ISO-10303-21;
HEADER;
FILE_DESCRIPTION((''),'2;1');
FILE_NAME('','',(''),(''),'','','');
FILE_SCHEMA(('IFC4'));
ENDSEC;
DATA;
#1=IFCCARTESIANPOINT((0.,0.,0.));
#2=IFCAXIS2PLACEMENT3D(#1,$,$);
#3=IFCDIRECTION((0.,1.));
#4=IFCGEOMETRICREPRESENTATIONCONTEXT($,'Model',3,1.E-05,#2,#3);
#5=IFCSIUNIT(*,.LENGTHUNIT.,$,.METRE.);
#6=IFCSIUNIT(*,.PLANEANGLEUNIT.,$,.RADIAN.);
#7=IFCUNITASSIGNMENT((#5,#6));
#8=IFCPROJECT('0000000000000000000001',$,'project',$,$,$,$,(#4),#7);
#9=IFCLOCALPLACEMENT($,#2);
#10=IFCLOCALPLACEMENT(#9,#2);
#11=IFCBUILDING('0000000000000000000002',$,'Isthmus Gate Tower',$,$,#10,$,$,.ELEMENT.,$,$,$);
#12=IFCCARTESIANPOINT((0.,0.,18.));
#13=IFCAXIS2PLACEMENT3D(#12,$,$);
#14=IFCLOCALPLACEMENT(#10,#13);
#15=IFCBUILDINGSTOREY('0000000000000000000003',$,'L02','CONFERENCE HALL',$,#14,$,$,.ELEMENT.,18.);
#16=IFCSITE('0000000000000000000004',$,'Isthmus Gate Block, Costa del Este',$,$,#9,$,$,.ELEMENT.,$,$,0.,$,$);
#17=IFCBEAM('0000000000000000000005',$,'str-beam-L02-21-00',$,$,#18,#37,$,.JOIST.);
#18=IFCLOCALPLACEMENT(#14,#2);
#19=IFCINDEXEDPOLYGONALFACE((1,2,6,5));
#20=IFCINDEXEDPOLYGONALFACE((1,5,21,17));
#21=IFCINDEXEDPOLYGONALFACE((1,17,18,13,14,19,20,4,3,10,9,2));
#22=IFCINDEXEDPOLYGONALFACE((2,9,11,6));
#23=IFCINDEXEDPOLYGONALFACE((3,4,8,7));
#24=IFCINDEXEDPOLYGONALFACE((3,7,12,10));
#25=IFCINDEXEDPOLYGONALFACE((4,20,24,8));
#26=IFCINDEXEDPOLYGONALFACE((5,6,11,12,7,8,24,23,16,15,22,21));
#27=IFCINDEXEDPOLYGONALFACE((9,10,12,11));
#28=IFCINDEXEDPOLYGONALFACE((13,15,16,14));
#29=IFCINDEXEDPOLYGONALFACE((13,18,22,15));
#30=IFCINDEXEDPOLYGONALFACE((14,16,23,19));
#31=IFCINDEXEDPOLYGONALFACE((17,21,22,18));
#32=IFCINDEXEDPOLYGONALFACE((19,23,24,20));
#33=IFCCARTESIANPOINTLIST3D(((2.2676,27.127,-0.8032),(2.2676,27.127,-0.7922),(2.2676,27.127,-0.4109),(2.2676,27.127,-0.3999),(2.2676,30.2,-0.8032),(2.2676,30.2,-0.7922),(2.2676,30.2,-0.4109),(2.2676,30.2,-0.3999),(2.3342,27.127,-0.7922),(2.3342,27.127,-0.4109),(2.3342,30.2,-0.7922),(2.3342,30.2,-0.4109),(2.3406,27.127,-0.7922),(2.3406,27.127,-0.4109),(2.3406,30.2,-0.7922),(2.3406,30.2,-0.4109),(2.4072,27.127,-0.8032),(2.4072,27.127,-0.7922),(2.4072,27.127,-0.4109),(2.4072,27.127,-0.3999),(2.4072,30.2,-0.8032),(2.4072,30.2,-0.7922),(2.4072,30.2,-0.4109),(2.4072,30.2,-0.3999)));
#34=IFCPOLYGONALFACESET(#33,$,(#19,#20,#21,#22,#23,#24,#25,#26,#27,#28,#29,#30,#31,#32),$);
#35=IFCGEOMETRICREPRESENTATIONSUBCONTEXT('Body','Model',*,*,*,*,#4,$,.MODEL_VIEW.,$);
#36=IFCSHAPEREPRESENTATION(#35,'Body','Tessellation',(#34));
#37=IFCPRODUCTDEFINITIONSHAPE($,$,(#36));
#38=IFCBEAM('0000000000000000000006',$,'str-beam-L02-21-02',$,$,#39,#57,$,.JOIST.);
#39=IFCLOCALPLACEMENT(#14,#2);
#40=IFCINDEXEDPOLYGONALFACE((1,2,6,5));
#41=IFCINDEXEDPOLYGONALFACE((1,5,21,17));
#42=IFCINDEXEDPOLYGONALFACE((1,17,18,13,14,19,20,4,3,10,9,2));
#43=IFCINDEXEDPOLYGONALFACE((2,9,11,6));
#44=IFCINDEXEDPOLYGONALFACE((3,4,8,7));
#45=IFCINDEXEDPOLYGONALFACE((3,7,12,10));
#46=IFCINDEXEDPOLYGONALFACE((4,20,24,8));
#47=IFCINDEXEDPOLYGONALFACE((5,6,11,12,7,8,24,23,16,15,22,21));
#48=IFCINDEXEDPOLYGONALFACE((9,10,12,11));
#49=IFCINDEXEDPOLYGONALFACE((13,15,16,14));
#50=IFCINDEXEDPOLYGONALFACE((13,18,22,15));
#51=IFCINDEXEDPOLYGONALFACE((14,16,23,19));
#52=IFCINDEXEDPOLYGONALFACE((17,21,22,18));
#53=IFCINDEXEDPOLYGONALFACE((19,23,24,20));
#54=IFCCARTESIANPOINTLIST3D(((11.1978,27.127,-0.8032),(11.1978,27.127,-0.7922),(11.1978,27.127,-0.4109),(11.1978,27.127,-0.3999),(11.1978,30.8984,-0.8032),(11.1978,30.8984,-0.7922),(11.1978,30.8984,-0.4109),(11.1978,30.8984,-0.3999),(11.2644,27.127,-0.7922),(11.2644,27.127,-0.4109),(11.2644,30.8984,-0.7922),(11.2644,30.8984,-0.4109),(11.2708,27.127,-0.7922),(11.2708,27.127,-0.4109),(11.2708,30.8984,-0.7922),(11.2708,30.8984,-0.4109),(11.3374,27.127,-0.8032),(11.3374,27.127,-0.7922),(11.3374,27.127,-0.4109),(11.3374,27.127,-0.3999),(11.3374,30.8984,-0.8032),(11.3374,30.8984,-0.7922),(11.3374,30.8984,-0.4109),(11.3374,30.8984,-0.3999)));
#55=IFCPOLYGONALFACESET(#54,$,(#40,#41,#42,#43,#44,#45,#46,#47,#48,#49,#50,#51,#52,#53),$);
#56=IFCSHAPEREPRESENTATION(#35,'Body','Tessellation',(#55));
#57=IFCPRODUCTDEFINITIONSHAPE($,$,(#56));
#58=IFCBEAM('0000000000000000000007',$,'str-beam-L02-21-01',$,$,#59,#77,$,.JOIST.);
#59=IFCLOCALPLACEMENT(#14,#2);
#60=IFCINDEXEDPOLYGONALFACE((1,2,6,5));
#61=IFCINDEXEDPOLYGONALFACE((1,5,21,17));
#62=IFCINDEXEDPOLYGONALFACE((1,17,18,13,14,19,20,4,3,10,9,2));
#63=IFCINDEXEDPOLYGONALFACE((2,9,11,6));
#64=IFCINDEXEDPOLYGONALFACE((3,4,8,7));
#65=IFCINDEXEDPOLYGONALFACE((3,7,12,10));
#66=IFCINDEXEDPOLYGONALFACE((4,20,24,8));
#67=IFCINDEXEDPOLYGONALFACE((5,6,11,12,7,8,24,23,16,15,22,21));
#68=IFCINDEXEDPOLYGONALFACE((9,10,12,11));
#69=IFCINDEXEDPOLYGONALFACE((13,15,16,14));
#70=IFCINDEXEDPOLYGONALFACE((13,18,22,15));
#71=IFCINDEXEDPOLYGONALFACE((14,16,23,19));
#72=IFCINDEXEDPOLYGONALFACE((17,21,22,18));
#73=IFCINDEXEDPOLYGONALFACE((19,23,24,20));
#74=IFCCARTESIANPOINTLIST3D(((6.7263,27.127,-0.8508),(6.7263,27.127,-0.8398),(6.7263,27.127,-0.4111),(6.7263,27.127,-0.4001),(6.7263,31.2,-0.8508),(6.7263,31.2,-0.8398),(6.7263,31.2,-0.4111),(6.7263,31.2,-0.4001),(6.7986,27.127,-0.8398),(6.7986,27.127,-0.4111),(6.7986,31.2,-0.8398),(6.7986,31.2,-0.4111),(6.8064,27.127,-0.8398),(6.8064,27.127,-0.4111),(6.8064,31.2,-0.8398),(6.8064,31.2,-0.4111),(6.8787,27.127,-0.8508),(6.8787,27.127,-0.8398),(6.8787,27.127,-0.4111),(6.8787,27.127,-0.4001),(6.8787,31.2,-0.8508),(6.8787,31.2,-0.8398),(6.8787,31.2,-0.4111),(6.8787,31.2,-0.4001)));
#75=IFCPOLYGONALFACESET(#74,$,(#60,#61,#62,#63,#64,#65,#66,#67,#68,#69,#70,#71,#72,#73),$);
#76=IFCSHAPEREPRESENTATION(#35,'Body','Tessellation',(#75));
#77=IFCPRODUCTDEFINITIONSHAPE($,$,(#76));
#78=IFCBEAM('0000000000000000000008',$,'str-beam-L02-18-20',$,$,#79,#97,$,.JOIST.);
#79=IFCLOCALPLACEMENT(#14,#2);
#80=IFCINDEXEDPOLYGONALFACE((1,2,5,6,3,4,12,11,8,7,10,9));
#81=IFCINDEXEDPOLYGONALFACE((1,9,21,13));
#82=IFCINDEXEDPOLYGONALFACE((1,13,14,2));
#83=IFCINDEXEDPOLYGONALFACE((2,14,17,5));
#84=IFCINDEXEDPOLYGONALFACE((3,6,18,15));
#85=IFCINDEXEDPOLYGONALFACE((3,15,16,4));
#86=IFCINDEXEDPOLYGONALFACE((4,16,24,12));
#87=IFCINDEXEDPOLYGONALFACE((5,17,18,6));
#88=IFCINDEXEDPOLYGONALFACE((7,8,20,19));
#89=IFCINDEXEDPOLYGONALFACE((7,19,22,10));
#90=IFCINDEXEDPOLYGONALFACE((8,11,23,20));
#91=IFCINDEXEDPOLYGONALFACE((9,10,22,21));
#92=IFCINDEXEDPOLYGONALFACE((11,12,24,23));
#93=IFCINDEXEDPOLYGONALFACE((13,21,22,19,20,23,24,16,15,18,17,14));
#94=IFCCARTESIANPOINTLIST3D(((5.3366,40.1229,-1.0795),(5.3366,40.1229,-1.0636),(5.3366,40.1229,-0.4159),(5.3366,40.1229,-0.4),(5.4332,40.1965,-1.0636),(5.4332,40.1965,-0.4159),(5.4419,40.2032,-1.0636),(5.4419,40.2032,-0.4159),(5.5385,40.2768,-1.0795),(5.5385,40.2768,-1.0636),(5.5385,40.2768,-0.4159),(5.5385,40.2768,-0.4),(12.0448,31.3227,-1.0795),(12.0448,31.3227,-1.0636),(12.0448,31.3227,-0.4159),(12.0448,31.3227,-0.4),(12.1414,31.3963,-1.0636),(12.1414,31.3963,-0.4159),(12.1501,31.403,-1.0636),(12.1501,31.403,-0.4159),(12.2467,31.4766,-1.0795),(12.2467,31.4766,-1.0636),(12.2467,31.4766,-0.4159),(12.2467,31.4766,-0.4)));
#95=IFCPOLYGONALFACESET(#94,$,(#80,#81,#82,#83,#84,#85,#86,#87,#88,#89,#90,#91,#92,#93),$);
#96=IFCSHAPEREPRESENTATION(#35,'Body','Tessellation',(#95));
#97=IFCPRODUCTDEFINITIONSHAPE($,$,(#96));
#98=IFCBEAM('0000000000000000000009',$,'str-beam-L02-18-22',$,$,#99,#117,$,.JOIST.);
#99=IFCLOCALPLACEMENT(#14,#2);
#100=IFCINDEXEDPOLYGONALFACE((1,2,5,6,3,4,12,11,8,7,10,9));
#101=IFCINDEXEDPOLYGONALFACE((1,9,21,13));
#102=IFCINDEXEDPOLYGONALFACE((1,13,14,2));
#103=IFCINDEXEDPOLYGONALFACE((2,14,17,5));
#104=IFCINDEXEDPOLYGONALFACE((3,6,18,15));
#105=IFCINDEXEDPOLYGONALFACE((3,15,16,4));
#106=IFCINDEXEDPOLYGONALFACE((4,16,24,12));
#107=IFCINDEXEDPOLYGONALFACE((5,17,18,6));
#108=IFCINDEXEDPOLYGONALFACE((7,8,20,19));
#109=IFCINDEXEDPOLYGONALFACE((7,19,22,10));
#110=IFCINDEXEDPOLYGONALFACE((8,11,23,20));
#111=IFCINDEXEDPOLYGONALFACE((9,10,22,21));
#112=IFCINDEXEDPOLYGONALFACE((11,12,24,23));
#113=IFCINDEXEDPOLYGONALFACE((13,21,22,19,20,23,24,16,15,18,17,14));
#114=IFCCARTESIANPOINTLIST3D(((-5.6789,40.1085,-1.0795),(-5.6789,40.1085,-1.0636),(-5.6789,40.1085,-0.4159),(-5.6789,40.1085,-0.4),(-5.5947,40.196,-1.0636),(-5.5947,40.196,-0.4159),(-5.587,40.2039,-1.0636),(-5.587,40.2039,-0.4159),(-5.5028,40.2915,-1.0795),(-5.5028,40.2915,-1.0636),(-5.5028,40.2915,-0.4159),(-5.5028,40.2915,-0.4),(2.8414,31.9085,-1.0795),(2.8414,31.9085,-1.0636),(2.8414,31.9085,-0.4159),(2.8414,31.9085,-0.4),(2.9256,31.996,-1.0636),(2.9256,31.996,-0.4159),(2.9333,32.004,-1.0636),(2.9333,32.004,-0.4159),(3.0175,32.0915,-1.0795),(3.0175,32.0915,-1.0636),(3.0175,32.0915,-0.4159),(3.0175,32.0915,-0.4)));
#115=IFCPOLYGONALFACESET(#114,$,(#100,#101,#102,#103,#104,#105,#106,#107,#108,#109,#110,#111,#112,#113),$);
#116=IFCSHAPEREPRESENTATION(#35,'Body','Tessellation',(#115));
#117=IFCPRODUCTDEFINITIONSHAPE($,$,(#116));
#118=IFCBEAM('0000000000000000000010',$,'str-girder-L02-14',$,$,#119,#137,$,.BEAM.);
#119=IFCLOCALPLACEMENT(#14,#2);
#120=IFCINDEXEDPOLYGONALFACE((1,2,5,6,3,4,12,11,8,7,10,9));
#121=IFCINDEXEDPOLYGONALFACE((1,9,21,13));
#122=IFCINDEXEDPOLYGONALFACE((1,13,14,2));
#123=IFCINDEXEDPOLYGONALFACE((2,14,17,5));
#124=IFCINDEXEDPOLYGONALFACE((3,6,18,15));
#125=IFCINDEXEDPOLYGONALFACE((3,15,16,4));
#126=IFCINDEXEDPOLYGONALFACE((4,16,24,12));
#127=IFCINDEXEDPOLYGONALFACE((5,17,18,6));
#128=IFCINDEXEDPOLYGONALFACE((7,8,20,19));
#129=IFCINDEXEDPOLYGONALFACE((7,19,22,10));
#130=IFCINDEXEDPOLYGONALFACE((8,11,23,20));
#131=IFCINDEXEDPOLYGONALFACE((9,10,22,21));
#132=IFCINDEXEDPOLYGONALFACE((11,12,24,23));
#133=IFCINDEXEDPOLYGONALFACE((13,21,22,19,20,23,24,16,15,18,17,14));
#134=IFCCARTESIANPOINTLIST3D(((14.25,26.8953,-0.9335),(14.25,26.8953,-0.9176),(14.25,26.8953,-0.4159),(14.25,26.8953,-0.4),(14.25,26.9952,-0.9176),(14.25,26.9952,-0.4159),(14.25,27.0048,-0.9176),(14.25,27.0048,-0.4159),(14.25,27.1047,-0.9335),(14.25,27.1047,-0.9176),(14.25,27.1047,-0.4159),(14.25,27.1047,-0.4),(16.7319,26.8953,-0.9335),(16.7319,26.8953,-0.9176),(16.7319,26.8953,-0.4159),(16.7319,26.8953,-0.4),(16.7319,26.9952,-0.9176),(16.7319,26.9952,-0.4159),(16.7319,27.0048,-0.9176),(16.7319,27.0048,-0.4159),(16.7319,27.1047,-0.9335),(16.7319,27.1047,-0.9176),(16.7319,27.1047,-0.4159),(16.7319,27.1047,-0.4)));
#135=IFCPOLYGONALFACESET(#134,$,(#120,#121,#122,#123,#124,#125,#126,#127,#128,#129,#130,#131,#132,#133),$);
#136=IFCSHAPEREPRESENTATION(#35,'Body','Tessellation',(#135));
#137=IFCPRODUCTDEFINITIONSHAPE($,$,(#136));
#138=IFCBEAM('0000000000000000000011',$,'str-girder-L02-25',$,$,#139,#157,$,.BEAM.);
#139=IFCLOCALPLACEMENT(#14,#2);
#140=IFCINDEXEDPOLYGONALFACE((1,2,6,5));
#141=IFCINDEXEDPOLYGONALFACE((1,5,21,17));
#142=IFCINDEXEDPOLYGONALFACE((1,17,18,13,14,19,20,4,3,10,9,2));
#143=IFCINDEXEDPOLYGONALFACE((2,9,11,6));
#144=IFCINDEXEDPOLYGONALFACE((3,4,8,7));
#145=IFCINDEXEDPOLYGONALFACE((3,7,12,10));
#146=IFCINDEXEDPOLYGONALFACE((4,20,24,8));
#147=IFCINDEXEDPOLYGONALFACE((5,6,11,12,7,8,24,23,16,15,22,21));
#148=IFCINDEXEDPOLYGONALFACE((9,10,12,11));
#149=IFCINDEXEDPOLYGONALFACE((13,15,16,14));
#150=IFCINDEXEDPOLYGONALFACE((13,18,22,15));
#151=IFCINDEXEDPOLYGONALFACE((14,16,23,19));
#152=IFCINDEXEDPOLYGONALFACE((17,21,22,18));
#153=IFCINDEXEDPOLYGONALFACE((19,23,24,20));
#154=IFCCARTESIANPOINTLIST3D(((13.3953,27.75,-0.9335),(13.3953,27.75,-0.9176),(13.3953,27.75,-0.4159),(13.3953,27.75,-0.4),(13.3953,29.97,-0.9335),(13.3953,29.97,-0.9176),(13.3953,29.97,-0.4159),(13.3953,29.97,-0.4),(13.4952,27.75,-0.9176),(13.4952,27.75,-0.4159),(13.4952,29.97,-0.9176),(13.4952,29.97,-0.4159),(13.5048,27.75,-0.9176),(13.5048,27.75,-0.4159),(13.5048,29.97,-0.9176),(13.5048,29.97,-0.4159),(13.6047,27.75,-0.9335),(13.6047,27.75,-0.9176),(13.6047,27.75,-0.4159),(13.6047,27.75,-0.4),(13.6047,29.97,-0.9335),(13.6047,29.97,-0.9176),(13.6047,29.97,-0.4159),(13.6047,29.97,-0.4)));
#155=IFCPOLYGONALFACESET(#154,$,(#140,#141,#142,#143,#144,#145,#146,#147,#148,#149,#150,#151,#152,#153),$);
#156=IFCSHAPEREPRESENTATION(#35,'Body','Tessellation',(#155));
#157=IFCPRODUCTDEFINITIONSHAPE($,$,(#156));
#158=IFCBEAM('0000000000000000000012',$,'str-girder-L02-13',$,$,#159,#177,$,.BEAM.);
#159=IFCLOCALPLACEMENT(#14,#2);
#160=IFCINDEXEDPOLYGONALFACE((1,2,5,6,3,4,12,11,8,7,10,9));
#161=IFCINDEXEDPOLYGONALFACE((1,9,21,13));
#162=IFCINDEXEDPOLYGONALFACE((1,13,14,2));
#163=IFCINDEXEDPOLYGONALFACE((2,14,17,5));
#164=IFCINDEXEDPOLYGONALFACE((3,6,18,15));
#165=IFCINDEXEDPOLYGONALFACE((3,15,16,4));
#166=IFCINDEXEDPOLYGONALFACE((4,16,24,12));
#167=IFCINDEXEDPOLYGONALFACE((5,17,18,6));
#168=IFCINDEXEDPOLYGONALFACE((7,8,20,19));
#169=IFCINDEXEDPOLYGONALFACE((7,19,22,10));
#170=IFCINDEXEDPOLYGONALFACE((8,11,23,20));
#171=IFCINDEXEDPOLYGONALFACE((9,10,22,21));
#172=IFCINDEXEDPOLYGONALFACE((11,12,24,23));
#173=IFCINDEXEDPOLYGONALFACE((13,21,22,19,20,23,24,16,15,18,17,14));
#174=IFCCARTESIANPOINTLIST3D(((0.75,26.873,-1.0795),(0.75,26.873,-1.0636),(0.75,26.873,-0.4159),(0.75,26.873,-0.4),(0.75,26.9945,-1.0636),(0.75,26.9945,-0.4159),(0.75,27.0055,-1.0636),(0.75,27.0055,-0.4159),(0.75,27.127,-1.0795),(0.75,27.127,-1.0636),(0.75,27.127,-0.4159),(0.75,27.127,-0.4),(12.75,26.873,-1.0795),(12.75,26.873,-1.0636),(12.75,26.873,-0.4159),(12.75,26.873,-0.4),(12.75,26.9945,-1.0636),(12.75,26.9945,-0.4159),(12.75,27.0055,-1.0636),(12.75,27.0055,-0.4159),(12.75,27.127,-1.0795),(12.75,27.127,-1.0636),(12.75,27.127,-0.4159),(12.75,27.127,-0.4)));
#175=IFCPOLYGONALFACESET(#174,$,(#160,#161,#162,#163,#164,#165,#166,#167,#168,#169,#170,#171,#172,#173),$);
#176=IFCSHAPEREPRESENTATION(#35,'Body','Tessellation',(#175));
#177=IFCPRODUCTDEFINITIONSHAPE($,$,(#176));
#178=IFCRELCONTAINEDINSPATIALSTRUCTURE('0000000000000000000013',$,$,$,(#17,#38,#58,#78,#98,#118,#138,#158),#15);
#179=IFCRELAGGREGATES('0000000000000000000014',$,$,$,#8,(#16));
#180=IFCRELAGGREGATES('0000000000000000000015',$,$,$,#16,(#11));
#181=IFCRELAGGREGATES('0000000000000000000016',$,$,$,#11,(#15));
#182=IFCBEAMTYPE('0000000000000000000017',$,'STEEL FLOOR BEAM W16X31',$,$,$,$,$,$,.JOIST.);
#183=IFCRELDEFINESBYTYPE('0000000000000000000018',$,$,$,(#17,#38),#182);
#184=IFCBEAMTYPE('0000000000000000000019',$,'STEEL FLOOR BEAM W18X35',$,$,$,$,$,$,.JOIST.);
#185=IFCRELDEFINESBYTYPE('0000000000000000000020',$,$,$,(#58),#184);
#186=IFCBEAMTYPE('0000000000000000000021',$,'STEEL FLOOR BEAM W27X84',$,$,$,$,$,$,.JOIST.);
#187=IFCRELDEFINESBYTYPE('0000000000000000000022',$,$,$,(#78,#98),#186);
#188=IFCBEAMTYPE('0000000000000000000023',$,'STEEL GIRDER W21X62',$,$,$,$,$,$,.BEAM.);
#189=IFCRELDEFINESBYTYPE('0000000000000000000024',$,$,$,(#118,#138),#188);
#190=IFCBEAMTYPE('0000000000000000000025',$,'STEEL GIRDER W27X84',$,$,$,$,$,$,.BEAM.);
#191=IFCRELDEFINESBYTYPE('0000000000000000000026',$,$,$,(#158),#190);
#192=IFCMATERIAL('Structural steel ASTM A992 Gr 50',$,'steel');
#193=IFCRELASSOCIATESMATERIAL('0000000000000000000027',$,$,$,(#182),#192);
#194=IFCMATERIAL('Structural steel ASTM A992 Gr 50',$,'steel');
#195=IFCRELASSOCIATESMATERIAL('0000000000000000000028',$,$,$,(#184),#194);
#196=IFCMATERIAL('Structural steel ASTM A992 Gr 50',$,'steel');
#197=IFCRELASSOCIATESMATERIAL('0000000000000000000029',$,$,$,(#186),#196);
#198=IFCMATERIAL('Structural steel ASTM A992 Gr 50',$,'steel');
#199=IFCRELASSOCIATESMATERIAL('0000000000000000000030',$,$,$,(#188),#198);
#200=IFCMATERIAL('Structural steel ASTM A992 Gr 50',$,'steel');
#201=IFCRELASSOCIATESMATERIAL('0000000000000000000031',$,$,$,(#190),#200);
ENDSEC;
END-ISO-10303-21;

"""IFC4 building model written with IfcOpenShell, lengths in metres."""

from ifc_helpers import new_model, si_unit, direction, frame, origin, origin_2d, place, context, subcontext, project, spatial, i_section, extrude, material, material_profile, profile_set, type_object, element, save


model = new_model("IFC4")

# Units and contexts
model_context = context("Model", 3, precision=1e-05, world=origin(), true_north=direction((0.0, 1.0)))
body_context = subcontext(model_context, "Body", "Model", "MODEL_VIEW")
ifc_project = project(units=[si_unit("LENGTHUNIT", "METRE"), si_unit("PLANEANGLEUNIT", "RADIAN")], contexts=[model_context])

# Site, building, storey
site_placement = place(None, origin())
site = spatial("IfcSite", under=ifc_project, at=site_placement, Name="Isthmus Gate Block, Costa del Este", CompositionType="ELEMENT", RefElevation=0.0)
building_placement = place(site_placement, origin())
building = spatial("IfcBuilding", under=site, at=building_placement, Name="Isthmus Gate Tower", CompositionType="ELEMENT")
storey_placement = place(building_placement, frame((0.0, 0.0, 18.0)))
storey = spatial("IfcBuildingStorey", under=building, at=storey_placement, Name="L02", Description="CONFERENCE HALL", CompositionType="ELEMENT", Elevation=18.0)

# Beams
ifc_material_1 = material(Name="Structural steel ASTM A992 Gr 50", Category="steel")
ifc_material_profile_1 = material_profile(ifc_material_1, i_section(OverallWidth=0.1396, OverallDepth=0.4033, WebThickness=0.0063, FlangeThickness=0.011, at=origin_2d()), Name="W16X31")
ifc_profile_set_1 = profile_set([ifc_material_profile_1], Name="Structural steel ASTM A992 Gr 50")
beam_type_1 = type_object("IfcBeamType", Name="STEEL FLOOR BEAM W16X31", PredefinedType="JOIST", material=ifc_profile_set_1)
beam_1_placement = place(storey_placement, frame((2.3374, 27.127, -0.6016), z_axis=(0.0, 1.0, 0.0), x_axis=(-1.0, 0.0, 0.0)))
element("IfcBeam", 1, at=beam_1_placement, inside=storey, type_object=beam_type_1, Name="str-beam-L02-21-00", PredefinedType="JOIST", context=body_context, shape_type="SweptSolid", body=[
    extrude(i_section(OverallWidth=0.1396, OverallDepth=0.4033, WebThickness=0.0063, FlangeThickness=0.011, at=origin_2d()), origin(), (0.0, 0.0, 1.0), 3.073),
])
beam_2_placement = place(storey_placement, frame((11.2676, 27.127, -0.6016), z_axis=(0.0, 1.0, 0.0), x_axis=(-1.0, 0.0, 0.0)))
element("IfcBeam", 2, at=beam_2_placement, inside=storey, type_object=beam_type_1, Name="str-beam-L02-21-02", PredefinedType="JOIST", context=body_context, shape_type="SweptSolid", body=[
    extrude(i_section(OverallWidth=0.1396, OverallDepth=0.4033, WebThickness=0.0063, FlangeThickness=0.011, at=origin_2d()), origin(), (0.0, 0.0, 1.0), 3.7715),
])
ifc_material_2 = material(Name="Structural steel ASTM A992 Gr 50", Category="steel")
ifc_material_profile_2 = material_profile(ifc_material_2, i_section(OverallWidth=0.1523, OverallDepth=0.4507, WebThickness=0.0078, FlangeThickness=0.011, at=origin_2d()), Name="W18X35")
ifc_profile_set_2 = profile_set([ifc_material_profile_2], Name="Structural steel ASTM A992 Gr 50")
beam_type_2 = type_object("IfcBeamType", Name="STEEL FLOOR BEAM W18X35", PredefinedType="JOIST", material=ifc_profile_set_2)
beam_3_placement = place(storey_placement, frame((6.8025, 27.127, -0.6255), z_axis=(0.0, 1.0, 0.0), x_axis=(-1.0, 0.0, 0.0)))
element("IfcBeam", 3, at=beam_3_placement, inside=storey, type_object=beam_type_2, Name="str-beam-L02-21-01", PredefinedType="JOIST", context=body_context, shape_type="SweptSolid", body=[
    extrude(i_section(OverallWidth=0.1523, OverallDepth=0.4507, WebThickness=0.0078, FlangeThickness=0.011, at=origin_2d()), origin(), (0.0, 0.0, 1.0), 4.073),
])
ifc_material_3 = material(Name="Structural steel ASTM A992 Gr 50", Category="steel")
ifc_material_profile_3 = material_profile(ifc_material_3, i_section(OverallWidth=0.2539, OverallDepth=0.6794, WebThickness=0.011, FlangeThickness=0.0159, at=origin_2d()), Name="W27X84")
ifc_profile_set_3 = profile_set([ifc_material_profile_3], Name="Structural steel ASTM A992 Gr 50")
beam_type_3 = type_object("IfcBeamType", Name="STEEL FLOOR BEAM W27X84", PredefinedType="JOIST", material=ifc_profile_set_3)
beam_4_placement = place(storey_placement, frame((12.1458, 31.3997, -0.7397), z_axis=(-0.60623, 0.795289, 0.0), x_axis=(-0.795289, -0.60623, 0.0)))
element("IfcBeam", 4, at=beam_4_placement, inside=storey, type_object=beam_type_3, Name="str-beam-L02-18-20", PredefinedType="JOIST", context=body_context, shape_type="SweptSolid", body=[
    extrude(i_section(OverallWidth=0.2539, OverallDepth=0.6794, WebThickness=0.011, FlangeThickness=0.0159, at=origin_2d()), origin(), (0.0, 0.0, 1.0), 11.0654),
])
beam_5_placement = place(storey_placement, frame((2.9294, 32.0, -0.7397), z_axis=(-0.720521, 0.693433, 0.0), x_axis=(-0.693433, -0.720521, 0.0)))
element("IfcBeam", 5, at=beam_5_placement, inside=storey, type_object=beam_type_3, Name="str-beam-L02-18-22", PredefinedType="JOIST", context=body_context, shape_type="SweptSolid", body=[
    extrude(i_section(OverallWidth=0.2539, OverallDepth=0.6794, WebThickness=0.011, FlangeThickness=0.0159, at=origin_2d()), origin(), (0.0, 0.0, 1.0), 11.8252),
])
ifc_material_4 = material(Name="Structural steel ASTM A992 Gr 50", Category="steel")
ifc_material_profile_4 = material_profile(ifc_material_4, i_section(OverallWidth=0.2095, OverallDepth=0.5334, WebThickness=0.0095, FlangeThickness=0.0159, at=origin_2d()), Name="W21X62")
ifc_profile_set_4 = profile_set([ifc_material_profile_4], Name="Structural steel ASTM A992 Gr 50")
beam_type_4 = type_object("IfcBeamType", Name="STEEL GIRDER W21X62", PredefinedType="BEAM", material=ifc_profile_set_4)
beam_6_placement = place(storey_placement, frame((14.25, 27.0, -0.6667), z_axis=(1.0, 0.0, 0.0), x_axis=(0.0, 1.0, 0.0)))
element("IfcBeam", 6, at=beam_6_placement, inside=storey, type_object=beam_type_4, Name="str-girder-L02-14", PredefinedType="BEAM", context=body_context, shape_type="SweptSolid", body=[
    extrude(i_section(OverallWidth=0.2095, OverallDepth=0.5334, WebThickness=0.0095, FlangeThickness=0.0159, at=origin_2d()), origin(), (0.0, 0.0, 1.0), 2.4819),
])
beam_7_placement = place(storey_placement, frame((13.5, 27.75, -0.6667), z_axis=(0.0, 1.0, 0.0), x_axis=(-1.0, 0.0, 0.0)))
element("IfcBeam", 7, at=beam_7_placement, inside=storey, type_object=beam_type_4, Name="str-girder-L02-25", PredefinedType="BEAM", context=body_context, shape_type="SweptSolid", body=[
    extrude(i_section(OverallWidth=0.2095, OverallDepth=0.5334, WebThickness=0.0095, FlangeThickness=0.0159, at=origin_2d()), origin(), (0.0, 0.0, 1.0), 2.22),
])
ifc_material_5 = material(Name="Structural steel ASTM A992 Gr 50", Category="steel")
ifc_material_profile_5 = material_profile(ifc_material_5, i_section(OverallWidth=0.2539, OverallDepth=0.6794, WebThickness=0.011, FlangeThickness=0.0159, at=origin_2d()), Name="W27X84")
ifc_profile_set_5 = profile_set([ifc_material_profile_5], Name="Structural steel ASTM A992 Gr 50")
beam_type_5 = type_object("IfcBeamType", Name="STEEL GIRDER W27X84", PredefinedType="BEAM", material=ifc_profile_set_5)
beam_8_placement = place(storey_placement, frame((0.75, 27.0, -0.7397), z_axis=(1.0, 0.0, 0.0), x_axis=(0.0, 1.0, 0.0)))
element("IfcBeam", 8, at=beam_8_placement, inside=storey, type_object=beam_type_5, Name="str-girder-L02-13", PredefinedType="BEAM", context=body_context, shape_type="SweptSolid", body=[
    extrude(i_section(OverallWidth=0.2539, OverallDepth=0.6794, WebThickness=0.011, FlangeThickness=0.0159, at=origin_2d()), origin(), (0.0, 0.0, 1.0), 12.0),
])

save(model, "model.ifc")
